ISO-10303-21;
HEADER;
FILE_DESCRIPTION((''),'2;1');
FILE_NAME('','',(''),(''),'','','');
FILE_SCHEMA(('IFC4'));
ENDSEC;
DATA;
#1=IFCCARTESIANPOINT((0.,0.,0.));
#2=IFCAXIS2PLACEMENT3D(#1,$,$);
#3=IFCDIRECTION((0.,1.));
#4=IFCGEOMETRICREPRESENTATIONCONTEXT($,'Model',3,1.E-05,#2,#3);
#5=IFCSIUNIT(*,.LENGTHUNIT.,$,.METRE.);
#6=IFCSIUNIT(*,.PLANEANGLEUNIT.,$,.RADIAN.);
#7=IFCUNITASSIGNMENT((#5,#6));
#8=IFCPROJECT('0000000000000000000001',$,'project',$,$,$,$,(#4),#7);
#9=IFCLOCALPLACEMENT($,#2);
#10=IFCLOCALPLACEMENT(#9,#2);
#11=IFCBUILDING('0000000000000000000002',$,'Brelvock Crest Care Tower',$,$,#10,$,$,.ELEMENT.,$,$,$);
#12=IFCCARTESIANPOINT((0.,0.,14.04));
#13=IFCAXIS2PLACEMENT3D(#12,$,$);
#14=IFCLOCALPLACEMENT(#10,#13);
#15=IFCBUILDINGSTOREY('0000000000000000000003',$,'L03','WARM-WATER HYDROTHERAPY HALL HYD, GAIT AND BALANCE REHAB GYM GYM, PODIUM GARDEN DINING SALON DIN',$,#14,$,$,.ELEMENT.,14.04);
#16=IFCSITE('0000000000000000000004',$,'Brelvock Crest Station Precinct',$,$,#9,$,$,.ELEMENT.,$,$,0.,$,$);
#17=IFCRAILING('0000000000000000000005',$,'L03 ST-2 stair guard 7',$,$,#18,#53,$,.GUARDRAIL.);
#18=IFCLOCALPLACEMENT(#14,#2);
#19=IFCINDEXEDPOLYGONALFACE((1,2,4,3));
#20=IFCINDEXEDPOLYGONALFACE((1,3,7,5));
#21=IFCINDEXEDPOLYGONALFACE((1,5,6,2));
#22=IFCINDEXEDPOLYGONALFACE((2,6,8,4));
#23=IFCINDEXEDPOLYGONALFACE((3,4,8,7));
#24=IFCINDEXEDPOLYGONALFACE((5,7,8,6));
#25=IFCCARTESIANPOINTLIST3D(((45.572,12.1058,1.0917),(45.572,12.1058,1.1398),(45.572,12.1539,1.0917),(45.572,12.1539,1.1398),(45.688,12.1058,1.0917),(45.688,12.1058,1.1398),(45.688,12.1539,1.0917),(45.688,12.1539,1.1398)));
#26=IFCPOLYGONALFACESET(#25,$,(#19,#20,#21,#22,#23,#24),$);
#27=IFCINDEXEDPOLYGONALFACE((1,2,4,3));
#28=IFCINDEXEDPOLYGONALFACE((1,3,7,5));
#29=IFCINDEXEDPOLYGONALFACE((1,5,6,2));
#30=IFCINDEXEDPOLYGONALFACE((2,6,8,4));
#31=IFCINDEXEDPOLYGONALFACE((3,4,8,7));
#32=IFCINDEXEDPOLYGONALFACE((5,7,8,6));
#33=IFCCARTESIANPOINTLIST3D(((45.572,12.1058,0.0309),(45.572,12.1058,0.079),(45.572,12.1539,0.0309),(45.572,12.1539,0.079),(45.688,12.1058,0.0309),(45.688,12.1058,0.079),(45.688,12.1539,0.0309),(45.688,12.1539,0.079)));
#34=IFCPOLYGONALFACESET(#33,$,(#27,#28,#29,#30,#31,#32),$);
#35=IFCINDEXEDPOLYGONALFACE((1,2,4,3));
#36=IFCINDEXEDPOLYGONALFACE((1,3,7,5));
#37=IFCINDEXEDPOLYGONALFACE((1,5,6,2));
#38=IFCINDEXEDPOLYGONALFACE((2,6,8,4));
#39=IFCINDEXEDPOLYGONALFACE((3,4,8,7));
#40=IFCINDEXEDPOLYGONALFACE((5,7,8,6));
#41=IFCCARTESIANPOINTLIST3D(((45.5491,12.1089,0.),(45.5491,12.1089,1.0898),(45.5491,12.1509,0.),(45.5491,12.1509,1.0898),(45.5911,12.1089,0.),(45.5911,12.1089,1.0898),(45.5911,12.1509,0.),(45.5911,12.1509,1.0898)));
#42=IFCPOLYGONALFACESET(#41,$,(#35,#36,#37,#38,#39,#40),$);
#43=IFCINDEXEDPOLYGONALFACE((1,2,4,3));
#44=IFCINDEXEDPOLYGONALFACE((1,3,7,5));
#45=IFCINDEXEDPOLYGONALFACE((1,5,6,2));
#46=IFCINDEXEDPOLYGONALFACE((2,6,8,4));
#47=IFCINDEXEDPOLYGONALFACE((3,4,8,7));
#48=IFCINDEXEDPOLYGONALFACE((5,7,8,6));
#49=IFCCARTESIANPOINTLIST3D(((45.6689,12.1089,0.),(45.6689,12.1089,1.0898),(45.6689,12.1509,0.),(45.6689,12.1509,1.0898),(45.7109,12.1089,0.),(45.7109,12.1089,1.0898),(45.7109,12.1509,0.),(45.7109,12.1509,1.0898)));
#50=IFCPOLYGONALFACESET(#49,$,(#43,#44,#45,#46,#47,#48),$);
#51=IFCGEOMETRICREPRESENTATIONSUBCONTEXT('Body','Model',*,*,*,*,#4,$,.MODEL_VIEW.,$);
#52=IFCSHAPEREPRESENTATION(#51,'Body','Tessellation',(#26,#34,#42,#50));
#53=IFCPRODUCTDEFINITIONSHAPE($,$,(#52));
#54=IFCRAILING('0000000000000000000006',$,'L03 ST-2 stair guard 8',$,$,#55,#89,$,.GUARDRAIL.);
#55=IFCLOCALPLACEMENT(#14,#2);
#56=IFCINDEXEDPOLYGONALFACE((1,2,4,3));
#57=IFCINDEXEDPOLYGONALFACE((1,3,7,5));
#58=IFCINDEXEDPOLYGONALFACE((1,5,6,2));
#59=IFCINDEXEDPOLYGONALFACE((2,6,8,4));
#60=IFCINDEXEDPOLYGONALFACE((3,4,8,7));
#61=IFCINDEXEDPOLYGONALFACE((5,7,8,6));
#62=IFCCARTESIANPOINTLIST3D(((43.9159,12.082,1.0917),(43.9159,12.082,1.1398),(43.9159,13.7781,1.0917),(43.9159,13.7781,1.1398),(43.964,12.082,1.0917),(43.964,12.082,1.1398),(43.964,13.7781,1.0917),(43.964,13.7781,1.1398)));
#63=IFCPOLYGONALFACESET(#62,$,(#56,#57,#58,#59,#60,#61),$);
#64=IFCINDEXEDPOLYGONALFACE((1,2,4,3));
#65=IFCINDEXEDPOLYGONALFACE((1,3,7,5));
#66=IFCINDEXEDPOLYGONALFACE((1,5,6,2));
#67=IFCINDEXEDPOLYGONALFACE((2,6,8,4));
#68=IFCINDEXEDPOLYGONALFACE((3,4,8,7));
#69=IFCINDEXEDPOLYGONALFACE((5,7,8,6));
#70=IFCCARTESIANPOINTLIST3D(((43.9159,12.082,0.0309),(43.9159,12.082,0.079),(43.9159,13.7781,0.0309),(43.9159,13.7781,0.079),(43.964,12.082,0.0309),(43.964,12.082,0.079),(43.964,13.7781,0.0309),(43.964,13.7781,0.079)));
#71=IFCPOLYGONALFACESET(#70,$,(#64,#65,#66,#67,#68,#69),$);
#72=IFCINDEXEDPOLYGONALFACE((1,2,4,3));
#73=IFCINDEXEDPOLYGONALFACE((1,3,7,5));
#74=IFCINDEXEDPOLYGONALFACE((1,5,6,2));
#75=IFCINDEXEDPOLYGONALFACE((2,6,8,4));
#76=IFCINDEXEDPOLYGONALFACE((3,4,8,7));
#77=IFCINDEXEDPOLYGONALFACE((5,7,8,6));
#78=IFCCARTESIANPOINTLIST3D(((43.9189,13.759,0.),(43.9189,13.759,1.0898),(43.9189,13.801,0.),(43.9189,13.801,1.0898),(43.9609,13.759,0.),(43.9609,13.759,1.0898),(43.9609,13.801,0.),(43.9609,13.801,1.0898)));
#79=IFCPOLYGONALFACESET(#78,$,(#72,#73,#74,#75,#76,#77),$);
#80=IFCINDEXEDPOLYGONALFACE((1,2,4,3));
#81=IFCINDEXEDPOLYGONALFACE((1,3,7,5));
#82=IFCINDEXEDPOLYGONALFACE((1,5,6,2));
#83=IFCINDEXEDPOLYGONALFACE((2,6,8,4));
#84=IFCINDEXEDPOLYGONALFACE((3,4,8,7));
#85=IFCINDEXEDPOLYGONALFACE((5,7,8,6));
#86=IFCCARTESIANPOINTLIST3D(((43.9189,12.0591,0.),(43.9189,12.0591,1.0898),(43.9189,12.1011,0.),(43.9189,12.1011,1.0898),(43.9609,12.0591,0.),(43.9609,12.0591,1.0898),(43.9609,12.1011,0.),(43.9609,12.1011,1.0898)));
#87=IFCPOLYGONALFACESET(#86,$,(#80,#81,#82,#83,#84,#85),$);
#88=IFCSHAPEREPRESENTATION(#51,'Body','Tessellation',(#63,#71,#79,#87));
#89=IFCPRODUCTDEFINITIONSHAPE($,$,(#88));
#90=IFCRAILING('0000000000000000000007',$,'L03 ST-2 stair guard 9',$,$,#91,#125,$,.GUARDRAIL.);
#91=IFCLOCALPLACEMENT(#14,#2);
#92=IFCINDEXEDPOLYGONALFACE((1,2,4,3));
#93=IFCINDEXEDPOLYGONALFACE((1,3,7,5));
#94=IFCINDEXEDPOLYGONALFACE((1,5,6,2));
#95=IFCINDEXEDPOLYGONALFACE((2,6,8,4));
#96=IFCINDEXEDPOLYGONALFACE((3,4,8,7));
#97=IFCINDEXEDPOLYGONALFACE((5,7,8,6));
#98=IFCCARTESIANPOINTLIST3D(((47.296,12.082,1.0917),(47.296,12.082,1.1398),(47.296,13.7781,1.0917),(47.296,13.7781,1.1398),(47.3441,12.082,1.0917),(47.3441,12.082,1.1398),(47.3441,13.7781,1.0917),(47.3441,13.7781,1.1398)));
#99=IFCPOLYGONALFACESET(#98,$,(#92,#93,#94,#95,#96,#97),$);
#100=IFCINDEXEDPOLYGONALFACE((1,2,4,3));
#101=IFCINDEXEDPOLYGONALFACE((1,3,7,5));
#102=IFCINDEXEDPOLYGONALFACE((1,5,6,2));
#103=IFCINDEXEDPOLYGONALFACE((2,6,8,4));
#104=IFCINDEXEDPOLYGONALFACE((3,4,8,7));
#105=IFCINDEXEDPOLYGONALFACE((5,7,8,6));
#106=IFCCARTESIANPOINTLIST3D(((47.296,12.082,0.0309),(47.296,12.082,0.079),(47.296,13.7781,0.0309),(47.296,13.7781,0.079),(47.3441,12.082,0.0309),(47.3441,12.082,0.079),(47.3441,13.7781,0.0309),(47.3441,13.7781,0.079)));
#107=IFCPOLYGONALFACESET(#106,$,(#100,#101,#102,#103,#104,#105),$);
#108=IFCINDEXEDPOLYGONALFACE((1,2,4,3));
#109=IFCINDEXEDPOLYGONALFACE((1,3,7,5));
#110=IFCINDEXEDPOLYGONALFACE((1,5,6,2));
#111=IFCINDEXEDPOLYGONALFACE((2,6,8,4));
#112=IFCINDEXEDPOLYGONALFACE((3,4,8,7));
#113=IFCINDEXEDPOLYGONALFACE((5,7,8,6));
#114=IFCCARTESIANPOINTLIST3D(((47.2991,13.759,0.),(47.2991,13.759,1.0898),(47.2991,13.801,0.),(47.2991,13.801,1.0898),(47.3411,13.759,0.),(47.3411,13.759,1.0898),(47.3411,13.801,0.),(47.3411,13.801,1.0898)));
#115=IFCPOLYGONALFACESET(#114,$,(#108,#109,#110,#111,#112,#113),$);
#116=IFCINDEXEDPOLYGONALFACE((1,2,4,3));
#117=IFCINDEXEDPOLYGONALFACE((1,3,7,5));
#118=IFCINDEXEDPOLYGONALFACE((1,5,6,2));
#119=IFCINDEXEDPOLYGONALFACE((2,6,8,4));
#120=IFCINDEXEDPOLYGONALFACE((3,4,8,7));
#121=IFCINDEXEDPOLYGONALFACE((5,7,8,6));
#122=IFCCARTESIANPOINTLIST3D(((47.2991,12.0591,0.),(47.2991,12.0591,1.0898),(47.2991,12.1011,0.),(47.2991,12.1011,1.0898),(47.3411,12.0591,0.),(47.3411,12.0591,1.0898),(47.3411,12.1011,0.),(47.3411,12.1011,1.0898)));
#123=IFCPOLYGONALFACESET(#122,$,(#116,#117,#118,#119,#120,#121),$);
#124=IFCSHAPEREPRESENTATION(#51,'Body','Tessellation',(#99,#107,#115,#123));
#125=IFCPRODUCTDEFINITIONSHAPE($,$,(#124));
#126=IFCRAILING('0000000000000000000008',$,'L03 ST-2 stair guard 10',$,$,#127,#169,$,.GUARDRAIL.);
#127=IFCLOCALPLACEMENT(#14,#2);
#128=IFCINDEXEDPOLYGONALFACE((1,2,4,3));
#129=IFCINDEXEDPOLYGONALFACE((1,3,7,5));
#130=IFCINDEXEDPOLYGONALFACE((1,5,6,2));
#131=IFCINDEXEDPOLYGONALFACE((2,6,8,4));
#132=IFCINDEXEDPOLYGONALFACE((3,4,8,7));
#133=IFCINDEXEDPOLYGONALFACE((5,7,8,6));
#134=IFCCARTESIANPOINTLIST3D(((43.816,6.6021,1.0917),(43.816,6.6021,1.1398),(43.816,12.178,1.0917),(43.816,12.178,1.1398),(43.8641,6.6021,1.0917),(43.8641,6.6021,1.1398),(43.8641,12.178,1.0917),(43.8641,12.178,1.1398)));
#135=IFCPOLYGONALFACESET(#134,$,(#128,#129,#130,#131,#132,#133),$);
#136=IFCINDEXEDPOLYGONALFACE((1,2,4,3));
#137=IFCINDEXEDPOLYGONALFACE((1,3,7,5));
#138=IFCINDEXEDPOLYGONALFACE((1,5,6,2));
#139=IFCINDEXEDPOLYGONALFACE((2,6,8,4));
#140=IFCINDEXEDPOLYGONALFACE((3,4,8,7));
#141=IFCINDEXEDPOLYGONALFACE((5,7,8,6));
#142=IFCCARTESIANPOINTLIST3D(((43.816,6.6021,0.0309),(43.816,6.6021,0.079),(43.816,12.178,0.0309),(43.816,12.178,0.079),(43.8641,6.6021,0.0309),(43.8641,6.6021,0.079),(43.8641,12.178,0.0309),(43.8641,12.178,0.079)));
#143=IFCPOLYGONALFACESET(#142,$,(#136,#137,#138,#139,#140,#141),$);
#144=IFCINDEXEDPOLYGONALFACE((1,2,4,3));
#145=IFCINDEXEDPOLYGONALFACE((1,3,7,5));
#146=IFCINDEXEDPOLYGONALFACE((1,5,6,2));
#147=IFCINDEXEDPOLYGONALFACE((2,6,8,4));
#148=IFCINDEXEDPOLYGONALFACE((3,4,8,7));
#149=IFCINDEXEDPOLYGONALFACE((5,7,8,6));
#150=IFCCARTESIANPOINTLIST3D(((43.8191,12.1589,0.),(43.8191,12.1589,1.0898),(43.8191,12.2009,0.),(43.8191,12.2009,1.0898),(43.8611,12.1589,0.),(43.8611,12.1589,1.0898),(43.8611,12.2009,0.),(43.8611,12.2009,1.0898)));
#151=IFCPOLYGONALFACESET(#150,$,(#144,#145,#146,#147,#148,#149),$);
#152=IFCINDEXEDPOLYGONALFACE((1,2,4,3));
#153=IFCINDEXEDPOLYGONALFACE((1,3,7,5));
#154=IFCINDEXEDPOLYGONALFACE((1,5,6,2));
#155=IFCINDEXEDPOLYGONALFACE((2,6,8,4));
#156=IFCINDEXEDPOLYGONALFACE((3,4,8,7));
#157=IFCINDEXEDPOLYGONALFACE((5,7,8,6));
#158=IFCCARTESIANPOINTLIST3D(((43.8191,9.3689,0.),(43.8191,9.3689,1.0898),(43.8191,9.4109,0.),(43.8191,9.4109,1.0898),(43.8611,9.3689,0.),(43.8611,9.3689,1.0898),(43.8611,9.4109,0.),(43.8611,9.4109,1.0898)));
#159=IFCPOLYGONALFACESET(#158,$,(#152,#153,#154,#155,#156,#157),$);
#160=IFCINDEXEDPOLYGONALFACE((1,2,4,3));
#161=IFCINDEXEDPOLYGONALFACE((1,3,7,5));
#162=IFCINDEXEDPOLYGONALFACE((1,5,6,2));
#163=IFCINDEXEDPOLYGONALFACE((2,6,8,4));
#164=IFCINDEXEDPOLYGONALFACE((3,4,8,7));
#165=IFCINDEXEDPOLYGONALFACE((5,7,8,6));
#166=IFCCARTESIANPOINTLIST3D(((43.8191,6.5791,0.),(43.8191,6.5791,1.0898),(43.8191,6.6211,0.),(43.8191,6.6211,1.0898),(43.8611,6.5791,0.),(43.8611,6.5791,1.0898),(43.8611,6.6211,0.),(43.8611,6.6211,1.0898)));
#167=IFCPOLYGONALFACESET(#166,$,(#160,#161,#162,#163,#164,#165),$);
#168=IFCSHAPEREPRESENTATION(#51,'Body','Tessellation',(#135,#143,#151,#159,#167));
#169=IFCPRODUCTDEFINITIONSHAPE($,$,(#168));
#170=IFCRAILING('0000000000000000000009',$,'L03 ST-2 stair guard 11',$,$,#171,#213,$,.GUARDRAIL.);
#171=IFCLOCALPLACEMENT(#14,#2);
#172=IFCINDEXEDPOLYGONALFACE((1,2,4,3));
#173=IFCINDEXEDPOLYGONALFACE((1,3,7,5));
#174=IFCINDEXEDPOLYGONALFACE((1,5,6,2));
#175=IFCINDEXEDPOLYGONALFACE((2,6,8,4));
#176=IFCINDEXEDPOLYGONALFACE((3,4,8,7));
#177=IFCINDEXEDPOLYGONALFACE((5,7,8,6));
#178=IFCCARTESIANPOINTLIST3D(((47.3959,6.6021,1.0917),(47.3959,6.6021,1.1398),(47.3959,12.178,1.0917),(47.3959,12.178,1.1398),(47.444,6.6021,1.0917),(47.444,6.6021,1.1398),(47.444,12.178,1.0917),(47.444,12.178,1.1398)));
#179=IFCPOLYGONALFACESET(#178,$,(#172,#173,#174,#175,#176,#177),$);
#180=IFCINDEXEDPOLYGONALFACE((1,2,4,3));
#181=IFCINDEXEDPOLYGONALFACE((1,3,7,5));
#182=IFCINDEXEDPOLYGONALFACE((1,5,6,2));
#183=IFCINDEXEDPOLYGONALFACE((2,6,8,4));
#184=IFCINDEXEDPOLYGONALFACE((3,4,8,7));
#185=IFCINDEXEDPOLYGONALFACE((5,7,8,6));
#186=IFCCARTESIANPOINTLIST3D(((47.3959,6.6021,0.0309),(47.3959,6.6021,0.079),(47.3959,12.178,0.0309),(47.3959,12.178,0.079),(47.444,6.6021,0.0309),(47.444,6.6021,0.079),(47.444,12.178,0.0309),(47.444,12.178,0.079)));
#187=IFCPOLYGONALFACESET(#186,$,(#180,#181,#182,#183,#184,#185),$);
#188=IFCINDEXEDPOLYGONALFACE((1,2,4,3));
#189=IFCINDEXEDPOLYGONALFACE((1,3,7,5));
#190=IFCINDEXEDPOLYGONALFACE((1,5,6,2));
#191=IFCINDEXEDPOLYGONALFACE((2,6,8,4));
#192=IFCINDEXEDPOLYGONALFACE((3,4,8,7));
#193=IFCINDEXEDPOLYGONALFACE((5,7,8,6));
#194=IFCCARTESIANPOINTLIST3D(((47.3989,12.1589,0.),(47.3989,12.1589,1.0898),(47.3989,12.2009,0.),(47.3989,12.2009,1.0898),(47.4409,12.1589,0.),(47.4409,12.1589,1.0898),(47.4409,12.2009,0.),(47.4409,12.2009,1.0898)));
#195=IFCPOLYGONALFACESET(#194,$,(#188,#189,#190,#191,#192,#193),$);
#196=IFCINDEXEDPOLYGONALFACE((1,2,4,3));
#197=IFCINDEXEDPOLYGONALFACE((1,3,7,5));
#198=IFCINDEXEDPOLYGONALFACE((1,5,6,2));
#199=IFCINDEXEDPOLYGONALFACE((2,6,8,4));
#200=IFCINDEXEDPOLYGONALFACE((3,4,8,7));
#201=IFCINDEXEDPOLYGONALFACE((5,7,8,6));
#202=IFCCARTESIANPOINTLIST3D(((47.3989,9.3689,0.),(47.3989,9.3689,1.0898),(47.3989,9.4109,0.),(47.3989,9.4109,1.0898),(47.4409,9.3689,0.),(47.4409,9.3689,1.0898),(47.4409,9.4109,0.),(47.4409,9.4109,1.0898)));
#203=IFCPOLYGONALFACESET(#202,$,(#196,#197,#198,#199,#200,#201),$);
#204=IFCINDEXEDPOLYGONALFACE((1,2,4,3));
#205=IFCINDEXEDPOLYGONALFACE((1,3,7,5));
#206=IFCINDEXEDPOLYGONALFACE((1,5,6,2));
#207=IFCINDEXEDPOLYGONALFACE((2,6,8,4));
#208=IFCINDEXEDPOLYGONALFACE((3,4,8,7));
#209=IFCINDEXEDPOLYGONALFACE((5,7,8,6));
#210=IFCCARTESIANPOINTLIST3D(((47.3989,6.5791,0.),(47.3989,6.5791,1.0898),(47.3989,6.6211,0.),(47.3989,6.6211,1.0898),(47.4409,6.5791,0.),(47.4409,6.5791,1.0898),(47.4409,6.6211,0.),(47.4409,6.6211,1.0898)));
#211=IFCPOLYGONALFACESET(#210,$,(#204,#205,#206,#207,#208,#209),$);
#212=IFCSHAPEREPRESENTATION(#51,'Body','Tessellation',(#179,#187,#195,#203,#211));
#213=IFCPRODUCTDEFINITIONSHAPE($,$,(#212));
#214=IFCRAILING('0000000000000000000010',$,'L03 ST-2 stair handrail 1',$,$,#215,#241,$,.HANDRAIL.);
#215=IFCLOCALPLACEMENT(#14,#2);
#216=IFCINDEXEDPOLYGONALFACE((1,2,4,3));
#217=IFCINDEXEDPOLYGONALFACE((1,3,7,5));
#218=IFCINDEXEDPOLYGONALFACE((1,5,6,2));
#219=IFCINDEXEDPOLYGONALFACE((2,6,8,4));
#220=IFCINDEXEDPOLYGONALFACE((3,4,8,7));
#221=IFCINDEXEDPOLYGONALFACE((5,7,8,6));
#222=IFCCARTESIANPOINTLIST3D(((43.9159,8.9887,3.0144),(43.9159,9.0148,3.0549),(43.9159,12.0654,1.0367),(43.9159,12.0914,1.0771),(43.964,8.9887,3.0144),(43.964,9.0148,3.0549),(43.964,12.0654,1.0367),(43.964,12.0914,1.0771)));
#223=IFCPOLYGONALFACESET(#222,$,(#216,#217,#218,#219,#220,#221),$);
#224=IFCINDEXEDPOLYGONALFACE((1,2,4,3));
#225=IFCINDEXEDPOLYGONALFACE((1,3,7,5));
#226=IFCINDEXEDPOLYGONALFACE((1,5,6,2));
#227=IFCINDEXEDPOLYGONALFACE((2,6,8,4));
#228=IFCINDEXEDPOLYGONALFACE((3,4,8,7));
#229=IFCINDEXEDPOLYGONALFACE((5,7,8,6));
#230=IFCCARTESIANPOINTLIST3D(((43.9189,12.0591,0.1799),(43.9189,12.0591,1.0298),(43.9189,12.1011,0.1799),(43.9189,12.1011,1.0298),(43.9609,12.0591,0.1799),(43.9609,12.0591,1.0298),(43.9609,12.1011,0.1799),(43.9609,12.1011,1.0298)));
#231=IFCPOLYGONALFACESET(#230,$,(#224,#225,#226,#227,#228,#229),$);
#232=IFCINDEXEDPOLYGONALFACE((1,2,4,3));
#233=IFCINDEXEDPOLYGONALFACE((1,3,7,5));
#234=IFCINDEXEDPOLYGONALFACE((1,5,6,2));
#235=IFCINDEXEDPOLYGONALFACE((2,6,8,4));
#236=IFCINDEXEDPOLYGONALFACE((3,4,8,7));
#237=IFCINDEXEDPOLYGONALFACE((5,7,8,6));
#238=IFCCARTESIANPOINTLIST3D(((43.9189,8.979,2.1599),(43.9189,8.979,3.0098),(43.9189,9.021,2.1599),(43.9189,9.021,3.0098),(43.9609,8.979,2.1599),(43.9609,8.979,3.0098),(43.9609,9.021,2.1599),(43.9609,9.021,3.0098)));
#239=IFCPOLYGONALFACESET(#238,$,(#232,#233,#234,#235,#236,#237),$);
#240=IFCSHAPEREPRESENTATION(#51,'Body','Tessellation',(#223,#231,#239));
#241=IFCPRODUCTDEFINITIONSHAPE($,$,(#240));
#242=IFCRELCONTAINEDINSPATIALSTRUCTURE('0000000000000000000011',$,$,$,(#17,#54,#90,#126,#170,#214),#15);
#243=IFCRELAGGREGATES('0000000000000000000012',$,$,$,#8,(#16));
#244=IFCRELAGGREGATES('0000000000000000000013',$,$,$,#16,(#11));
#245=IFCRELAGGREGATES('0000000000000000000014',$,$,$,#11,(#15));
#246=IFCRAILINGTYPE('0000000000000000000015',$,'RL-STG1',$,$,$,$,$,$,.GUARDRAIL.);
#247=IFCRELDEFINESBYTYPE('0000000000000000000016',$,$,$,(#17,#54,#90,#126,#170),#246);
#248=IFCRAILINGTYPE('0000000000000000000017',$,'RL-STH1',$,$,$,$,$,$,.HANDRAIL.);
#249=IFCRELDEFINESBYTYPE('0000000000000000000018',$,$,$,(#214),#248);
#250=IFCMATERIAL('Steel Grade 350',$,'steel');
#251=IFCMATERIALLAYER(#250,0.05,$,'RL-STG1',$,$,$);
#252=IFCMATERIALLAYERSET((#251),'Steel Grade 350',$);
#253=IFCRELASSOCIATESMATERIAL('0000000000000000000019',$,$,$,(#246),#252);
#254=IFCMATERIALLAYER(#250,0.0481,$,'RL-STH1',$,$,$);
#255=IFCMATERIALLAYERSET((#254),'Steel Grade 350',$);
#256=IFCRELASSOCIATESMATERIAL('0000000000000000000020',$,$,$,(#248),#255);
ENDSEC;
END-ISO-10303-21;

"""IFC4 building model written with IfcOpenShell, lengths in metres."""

from ifc_helpers import new_model, si_unit, direction, frame, origin, origin_2d, place, context, subcontext, project, spatial, rectangle, extrude, material, layer, layer_set, type_object, element, save


model = new_model("IFC4")

# Units and contexts
model_context = context("Model", 3, precision=1e-05, world=origin(), true_north=direction((0.0, 1.0)))
body_context = subcontext(model_context, "Body", "Model", "MODEL_VIEW")
ifc_project = project(units=[si_unit("LENGTHUNIT", "METRE"), si_unit("PLANEANGLEUNIT", "RADIAN")], contexts=[model_context])

# Site, building, storey
site_placement = place(None, origin())
site = spatial("IfcSite", under=ifc_project, at=site_placement, Name="Brelvock Crest Station Precinct", CompositionType="ELEMENT", RefElevation=0.0)
building_placement = place(site_placement, origin())
building = spatial("IfcBuilding", under=site, at=building_placement, Name="Brelvock Crest Care Tower", CompositionType="ELEMENT")
storey_placement = place(building_placement, frame((0.0, 0.0, 14.04)))
storey = spatial("IfcBuildingStorey", under=building, at=storey_placement, Name="L03", Description="WARM-WATER HYDROTHERAPY HALL HYD, GAIT AND BALANCE REHAB GYM GYM, PODIUM GARDEN DINING SALON DIN", CompositionType="ELEMENT", Elevation=14.04)

# Shared definitions
ifc_material_1 = material(Name="Steel Grade 350", Category="steel")

# Railings
ifc_layer_1 = layer(ifc_material_1, 0.05, Name="RL-STG1")
ifc_layer_set_1 = layer_set([ifc_layer_1], Name="Steel Grade 350")
railing_type_1 = type_object("IfcRailingType", Name="RL-STG1", PredefinedType="GUARDRAIL", material=ifc_layer_set_1)
railing_1_placement = place(storey_placement, frame((45.5701, 12.1299, 0.0)))
element("IfcRailing", 1, at=railing_1_placement, inside=storey, type_object=railing_type_1, Name="L03 ST-2 stair guard 7", PredefinedType="GUARDRAIL", context=body_context, shape_type="SweptSolid", body=[
    extrude(rectangle(XDim=0.0481, YDim=0.0481, at=origin_2d()), frame((0.002, 0.0, 1.1157), z_axis=(1.0, 0.0, 0.0), x_axis=(0.0, 1.0, 0.0)), (0.0, 0.0, 1.0), 0.116),
    extrude(rectangle(XDim=0.0481, YDim=0.0481, at=origin_2d()), frame((0.002, 0.0, 0.0549), z_axis=(1.0, 0.0, 0.0), x_axis=(0.0, 1.0, 0.0)), (0.0, 0.0, 1.0), 0.116),
    extrude(rectangle(XDim=0.042, YDim=0.042, at=origin_2d()), origin(), (0.0, 0.0, 1.0), 1.0898),
    extrude(rectangle(XDim=0.042, YDim=0.042, at=origin_2d()), frame((0.1199, 0.0, 0.0)), (0.0, 0.0, 1.0), 1.0898),
])
for number, where, name in (
    (2, (43.9399, 13.78, 0.0), "L03 ST-2 stair guard 8"),
    (3, (47.3201, 13.78, 0.0), "L03 ST-2 stair guard 9"),
):
    element("IfcRailing", number, at=place(storey_placement, frame(where)), inside=storey, type_object=railing_type_1, Name=name, PredefinedType="GUARDRAIL", context=body_context, shape_type="SweptSolid", body=[
        extrude(rectangle(XDim=0.0481, YDim=0.0481, at=origin_2d()), frame((0.0, -0.002, 1.1157), z_axis=(0.0, -1.0, 0.0), x_axis=(1.0, 0.0, 0.0)), (0.0, 0.0, 1.0), 1.696),
        extrude(rectangle(XDim=0.0481, YDim=0.0481, at=origin_2d()), frame((0.0, -0.002, 0.0549), z_axis=(0.0, -1.0, 0.0), x_axis=(1.0, 0.0, 0.0)), (0.0, 0.0, 1.0), 1.696),
        extrude(rectangle(XDim=0.042, YDim=0.042, at=origin_2d()), origin(), (0.0, 0.0, 1.0), 1.0898),
        extrude(rectangle(XDim=0.042, YDim=0.042, at=origin_2d()), frame((0.0, -1.7, 0.0)), (0.0, 0.0, 1.0), 1.0898),
    ])
for number, where, name in (
    (4, (43.8401, 12.1799, 0.0), "L03 ST-2 stair guard 10"),
    (5, (47.4199, 12.1799, 0.0), "L03 ST-2 stair guard 11"),
):
    element("IfcRailing", number, at=place(storey_placement, frame(where)), inside=storey, type_object=railing_type_1, Name=name, PredefinedType="GUARDRAIL", context=body_context, shape_type="SweptSolid", body=[
        extrude(rectangle(XDim=0.0481, YDim=0.0481, at=origin_2d()), frame((0.0, -0.002, 1.1157), z_axis=(0.0, -1.0, 0.0), x_axis=(1.0, 0.0, 0.0)), (0.0, 0.0, 1.0), 5.5759),
        extrude(rectangle(XDim=0.0481, YDim=0.0481, at=origin_2d()), frame((0.0, -0.002, 0.0549), z_axis=(0.0, -1.0, 0.0), x_axis=(1.0, 0.0, 0.0)), (0.0, 0.0, 1.0), 5.5759),
        extrude(rectangle(XDim=0.042, YDim=0.042, at=origin_2d()), origin(), (0.0, 0.0, 1.0), 1.0898),
        extrude(rectangle(XDim=0.042, YDim=0.042, at=origin_2d()), frame((0.0, -2.79, 0.0)), (0.0, 0.0, 1.0), 1.0898),
        extrude(rectangle(XDim=0.042, YDim=0.042, at=origin_2d()), frame((0.0, -5.5798, 0.0)), (0.0, 0.0, 1.0), 1.0898),
    ])
ifc_layer_2 = layer(ifc_material_1, 0.0481, Name="RL-STH1")
ifc_layer_set_2 = layer_set([ifc_layer_2], Name="Steel Grade 350")
railing_type_2 = type_object("IfcRailingType", Name="RL-STH1", PredefinedType="HANDRAIL", material=ifc_layer_set_2)
railing_2_placement = place(storey_placement, frame((43.9399, 12.0801, 0.1799)))
element("IfcRailing", 6, at=railing_2_placement, inside=storey, type_object=railing_type_2, Name="L03 ST-2 stair handrail 1", PredefinedType="HANDRAIL", context=body_context, shape_type="SweptSolid", body=[
    extrude(rectangle(XDim=0.0481, YDim=0.0481, at=origin_2d()), frame((0.0, -0.0017, 0.877), z_axis=(0.0, -0.841187, 0.540744), x_axis=(1.0, 0.0, 0.0)), (0.0, 0.0, 1.0), 3.6575),
    extrude(rectangle(XDim=0.042, YDim=0.042, at=origin_2d()), origin(), (0.0, 0.0, 1.0), 0.8499),
    extrude(rectangle(XDim=0.042, YDim=0.042, at=origin_2d()), frame((0.0, -3.0801, 1.98)), (0.0, 0.0, 1.0), 0.8499),
])

save(model, "model.ifc")
